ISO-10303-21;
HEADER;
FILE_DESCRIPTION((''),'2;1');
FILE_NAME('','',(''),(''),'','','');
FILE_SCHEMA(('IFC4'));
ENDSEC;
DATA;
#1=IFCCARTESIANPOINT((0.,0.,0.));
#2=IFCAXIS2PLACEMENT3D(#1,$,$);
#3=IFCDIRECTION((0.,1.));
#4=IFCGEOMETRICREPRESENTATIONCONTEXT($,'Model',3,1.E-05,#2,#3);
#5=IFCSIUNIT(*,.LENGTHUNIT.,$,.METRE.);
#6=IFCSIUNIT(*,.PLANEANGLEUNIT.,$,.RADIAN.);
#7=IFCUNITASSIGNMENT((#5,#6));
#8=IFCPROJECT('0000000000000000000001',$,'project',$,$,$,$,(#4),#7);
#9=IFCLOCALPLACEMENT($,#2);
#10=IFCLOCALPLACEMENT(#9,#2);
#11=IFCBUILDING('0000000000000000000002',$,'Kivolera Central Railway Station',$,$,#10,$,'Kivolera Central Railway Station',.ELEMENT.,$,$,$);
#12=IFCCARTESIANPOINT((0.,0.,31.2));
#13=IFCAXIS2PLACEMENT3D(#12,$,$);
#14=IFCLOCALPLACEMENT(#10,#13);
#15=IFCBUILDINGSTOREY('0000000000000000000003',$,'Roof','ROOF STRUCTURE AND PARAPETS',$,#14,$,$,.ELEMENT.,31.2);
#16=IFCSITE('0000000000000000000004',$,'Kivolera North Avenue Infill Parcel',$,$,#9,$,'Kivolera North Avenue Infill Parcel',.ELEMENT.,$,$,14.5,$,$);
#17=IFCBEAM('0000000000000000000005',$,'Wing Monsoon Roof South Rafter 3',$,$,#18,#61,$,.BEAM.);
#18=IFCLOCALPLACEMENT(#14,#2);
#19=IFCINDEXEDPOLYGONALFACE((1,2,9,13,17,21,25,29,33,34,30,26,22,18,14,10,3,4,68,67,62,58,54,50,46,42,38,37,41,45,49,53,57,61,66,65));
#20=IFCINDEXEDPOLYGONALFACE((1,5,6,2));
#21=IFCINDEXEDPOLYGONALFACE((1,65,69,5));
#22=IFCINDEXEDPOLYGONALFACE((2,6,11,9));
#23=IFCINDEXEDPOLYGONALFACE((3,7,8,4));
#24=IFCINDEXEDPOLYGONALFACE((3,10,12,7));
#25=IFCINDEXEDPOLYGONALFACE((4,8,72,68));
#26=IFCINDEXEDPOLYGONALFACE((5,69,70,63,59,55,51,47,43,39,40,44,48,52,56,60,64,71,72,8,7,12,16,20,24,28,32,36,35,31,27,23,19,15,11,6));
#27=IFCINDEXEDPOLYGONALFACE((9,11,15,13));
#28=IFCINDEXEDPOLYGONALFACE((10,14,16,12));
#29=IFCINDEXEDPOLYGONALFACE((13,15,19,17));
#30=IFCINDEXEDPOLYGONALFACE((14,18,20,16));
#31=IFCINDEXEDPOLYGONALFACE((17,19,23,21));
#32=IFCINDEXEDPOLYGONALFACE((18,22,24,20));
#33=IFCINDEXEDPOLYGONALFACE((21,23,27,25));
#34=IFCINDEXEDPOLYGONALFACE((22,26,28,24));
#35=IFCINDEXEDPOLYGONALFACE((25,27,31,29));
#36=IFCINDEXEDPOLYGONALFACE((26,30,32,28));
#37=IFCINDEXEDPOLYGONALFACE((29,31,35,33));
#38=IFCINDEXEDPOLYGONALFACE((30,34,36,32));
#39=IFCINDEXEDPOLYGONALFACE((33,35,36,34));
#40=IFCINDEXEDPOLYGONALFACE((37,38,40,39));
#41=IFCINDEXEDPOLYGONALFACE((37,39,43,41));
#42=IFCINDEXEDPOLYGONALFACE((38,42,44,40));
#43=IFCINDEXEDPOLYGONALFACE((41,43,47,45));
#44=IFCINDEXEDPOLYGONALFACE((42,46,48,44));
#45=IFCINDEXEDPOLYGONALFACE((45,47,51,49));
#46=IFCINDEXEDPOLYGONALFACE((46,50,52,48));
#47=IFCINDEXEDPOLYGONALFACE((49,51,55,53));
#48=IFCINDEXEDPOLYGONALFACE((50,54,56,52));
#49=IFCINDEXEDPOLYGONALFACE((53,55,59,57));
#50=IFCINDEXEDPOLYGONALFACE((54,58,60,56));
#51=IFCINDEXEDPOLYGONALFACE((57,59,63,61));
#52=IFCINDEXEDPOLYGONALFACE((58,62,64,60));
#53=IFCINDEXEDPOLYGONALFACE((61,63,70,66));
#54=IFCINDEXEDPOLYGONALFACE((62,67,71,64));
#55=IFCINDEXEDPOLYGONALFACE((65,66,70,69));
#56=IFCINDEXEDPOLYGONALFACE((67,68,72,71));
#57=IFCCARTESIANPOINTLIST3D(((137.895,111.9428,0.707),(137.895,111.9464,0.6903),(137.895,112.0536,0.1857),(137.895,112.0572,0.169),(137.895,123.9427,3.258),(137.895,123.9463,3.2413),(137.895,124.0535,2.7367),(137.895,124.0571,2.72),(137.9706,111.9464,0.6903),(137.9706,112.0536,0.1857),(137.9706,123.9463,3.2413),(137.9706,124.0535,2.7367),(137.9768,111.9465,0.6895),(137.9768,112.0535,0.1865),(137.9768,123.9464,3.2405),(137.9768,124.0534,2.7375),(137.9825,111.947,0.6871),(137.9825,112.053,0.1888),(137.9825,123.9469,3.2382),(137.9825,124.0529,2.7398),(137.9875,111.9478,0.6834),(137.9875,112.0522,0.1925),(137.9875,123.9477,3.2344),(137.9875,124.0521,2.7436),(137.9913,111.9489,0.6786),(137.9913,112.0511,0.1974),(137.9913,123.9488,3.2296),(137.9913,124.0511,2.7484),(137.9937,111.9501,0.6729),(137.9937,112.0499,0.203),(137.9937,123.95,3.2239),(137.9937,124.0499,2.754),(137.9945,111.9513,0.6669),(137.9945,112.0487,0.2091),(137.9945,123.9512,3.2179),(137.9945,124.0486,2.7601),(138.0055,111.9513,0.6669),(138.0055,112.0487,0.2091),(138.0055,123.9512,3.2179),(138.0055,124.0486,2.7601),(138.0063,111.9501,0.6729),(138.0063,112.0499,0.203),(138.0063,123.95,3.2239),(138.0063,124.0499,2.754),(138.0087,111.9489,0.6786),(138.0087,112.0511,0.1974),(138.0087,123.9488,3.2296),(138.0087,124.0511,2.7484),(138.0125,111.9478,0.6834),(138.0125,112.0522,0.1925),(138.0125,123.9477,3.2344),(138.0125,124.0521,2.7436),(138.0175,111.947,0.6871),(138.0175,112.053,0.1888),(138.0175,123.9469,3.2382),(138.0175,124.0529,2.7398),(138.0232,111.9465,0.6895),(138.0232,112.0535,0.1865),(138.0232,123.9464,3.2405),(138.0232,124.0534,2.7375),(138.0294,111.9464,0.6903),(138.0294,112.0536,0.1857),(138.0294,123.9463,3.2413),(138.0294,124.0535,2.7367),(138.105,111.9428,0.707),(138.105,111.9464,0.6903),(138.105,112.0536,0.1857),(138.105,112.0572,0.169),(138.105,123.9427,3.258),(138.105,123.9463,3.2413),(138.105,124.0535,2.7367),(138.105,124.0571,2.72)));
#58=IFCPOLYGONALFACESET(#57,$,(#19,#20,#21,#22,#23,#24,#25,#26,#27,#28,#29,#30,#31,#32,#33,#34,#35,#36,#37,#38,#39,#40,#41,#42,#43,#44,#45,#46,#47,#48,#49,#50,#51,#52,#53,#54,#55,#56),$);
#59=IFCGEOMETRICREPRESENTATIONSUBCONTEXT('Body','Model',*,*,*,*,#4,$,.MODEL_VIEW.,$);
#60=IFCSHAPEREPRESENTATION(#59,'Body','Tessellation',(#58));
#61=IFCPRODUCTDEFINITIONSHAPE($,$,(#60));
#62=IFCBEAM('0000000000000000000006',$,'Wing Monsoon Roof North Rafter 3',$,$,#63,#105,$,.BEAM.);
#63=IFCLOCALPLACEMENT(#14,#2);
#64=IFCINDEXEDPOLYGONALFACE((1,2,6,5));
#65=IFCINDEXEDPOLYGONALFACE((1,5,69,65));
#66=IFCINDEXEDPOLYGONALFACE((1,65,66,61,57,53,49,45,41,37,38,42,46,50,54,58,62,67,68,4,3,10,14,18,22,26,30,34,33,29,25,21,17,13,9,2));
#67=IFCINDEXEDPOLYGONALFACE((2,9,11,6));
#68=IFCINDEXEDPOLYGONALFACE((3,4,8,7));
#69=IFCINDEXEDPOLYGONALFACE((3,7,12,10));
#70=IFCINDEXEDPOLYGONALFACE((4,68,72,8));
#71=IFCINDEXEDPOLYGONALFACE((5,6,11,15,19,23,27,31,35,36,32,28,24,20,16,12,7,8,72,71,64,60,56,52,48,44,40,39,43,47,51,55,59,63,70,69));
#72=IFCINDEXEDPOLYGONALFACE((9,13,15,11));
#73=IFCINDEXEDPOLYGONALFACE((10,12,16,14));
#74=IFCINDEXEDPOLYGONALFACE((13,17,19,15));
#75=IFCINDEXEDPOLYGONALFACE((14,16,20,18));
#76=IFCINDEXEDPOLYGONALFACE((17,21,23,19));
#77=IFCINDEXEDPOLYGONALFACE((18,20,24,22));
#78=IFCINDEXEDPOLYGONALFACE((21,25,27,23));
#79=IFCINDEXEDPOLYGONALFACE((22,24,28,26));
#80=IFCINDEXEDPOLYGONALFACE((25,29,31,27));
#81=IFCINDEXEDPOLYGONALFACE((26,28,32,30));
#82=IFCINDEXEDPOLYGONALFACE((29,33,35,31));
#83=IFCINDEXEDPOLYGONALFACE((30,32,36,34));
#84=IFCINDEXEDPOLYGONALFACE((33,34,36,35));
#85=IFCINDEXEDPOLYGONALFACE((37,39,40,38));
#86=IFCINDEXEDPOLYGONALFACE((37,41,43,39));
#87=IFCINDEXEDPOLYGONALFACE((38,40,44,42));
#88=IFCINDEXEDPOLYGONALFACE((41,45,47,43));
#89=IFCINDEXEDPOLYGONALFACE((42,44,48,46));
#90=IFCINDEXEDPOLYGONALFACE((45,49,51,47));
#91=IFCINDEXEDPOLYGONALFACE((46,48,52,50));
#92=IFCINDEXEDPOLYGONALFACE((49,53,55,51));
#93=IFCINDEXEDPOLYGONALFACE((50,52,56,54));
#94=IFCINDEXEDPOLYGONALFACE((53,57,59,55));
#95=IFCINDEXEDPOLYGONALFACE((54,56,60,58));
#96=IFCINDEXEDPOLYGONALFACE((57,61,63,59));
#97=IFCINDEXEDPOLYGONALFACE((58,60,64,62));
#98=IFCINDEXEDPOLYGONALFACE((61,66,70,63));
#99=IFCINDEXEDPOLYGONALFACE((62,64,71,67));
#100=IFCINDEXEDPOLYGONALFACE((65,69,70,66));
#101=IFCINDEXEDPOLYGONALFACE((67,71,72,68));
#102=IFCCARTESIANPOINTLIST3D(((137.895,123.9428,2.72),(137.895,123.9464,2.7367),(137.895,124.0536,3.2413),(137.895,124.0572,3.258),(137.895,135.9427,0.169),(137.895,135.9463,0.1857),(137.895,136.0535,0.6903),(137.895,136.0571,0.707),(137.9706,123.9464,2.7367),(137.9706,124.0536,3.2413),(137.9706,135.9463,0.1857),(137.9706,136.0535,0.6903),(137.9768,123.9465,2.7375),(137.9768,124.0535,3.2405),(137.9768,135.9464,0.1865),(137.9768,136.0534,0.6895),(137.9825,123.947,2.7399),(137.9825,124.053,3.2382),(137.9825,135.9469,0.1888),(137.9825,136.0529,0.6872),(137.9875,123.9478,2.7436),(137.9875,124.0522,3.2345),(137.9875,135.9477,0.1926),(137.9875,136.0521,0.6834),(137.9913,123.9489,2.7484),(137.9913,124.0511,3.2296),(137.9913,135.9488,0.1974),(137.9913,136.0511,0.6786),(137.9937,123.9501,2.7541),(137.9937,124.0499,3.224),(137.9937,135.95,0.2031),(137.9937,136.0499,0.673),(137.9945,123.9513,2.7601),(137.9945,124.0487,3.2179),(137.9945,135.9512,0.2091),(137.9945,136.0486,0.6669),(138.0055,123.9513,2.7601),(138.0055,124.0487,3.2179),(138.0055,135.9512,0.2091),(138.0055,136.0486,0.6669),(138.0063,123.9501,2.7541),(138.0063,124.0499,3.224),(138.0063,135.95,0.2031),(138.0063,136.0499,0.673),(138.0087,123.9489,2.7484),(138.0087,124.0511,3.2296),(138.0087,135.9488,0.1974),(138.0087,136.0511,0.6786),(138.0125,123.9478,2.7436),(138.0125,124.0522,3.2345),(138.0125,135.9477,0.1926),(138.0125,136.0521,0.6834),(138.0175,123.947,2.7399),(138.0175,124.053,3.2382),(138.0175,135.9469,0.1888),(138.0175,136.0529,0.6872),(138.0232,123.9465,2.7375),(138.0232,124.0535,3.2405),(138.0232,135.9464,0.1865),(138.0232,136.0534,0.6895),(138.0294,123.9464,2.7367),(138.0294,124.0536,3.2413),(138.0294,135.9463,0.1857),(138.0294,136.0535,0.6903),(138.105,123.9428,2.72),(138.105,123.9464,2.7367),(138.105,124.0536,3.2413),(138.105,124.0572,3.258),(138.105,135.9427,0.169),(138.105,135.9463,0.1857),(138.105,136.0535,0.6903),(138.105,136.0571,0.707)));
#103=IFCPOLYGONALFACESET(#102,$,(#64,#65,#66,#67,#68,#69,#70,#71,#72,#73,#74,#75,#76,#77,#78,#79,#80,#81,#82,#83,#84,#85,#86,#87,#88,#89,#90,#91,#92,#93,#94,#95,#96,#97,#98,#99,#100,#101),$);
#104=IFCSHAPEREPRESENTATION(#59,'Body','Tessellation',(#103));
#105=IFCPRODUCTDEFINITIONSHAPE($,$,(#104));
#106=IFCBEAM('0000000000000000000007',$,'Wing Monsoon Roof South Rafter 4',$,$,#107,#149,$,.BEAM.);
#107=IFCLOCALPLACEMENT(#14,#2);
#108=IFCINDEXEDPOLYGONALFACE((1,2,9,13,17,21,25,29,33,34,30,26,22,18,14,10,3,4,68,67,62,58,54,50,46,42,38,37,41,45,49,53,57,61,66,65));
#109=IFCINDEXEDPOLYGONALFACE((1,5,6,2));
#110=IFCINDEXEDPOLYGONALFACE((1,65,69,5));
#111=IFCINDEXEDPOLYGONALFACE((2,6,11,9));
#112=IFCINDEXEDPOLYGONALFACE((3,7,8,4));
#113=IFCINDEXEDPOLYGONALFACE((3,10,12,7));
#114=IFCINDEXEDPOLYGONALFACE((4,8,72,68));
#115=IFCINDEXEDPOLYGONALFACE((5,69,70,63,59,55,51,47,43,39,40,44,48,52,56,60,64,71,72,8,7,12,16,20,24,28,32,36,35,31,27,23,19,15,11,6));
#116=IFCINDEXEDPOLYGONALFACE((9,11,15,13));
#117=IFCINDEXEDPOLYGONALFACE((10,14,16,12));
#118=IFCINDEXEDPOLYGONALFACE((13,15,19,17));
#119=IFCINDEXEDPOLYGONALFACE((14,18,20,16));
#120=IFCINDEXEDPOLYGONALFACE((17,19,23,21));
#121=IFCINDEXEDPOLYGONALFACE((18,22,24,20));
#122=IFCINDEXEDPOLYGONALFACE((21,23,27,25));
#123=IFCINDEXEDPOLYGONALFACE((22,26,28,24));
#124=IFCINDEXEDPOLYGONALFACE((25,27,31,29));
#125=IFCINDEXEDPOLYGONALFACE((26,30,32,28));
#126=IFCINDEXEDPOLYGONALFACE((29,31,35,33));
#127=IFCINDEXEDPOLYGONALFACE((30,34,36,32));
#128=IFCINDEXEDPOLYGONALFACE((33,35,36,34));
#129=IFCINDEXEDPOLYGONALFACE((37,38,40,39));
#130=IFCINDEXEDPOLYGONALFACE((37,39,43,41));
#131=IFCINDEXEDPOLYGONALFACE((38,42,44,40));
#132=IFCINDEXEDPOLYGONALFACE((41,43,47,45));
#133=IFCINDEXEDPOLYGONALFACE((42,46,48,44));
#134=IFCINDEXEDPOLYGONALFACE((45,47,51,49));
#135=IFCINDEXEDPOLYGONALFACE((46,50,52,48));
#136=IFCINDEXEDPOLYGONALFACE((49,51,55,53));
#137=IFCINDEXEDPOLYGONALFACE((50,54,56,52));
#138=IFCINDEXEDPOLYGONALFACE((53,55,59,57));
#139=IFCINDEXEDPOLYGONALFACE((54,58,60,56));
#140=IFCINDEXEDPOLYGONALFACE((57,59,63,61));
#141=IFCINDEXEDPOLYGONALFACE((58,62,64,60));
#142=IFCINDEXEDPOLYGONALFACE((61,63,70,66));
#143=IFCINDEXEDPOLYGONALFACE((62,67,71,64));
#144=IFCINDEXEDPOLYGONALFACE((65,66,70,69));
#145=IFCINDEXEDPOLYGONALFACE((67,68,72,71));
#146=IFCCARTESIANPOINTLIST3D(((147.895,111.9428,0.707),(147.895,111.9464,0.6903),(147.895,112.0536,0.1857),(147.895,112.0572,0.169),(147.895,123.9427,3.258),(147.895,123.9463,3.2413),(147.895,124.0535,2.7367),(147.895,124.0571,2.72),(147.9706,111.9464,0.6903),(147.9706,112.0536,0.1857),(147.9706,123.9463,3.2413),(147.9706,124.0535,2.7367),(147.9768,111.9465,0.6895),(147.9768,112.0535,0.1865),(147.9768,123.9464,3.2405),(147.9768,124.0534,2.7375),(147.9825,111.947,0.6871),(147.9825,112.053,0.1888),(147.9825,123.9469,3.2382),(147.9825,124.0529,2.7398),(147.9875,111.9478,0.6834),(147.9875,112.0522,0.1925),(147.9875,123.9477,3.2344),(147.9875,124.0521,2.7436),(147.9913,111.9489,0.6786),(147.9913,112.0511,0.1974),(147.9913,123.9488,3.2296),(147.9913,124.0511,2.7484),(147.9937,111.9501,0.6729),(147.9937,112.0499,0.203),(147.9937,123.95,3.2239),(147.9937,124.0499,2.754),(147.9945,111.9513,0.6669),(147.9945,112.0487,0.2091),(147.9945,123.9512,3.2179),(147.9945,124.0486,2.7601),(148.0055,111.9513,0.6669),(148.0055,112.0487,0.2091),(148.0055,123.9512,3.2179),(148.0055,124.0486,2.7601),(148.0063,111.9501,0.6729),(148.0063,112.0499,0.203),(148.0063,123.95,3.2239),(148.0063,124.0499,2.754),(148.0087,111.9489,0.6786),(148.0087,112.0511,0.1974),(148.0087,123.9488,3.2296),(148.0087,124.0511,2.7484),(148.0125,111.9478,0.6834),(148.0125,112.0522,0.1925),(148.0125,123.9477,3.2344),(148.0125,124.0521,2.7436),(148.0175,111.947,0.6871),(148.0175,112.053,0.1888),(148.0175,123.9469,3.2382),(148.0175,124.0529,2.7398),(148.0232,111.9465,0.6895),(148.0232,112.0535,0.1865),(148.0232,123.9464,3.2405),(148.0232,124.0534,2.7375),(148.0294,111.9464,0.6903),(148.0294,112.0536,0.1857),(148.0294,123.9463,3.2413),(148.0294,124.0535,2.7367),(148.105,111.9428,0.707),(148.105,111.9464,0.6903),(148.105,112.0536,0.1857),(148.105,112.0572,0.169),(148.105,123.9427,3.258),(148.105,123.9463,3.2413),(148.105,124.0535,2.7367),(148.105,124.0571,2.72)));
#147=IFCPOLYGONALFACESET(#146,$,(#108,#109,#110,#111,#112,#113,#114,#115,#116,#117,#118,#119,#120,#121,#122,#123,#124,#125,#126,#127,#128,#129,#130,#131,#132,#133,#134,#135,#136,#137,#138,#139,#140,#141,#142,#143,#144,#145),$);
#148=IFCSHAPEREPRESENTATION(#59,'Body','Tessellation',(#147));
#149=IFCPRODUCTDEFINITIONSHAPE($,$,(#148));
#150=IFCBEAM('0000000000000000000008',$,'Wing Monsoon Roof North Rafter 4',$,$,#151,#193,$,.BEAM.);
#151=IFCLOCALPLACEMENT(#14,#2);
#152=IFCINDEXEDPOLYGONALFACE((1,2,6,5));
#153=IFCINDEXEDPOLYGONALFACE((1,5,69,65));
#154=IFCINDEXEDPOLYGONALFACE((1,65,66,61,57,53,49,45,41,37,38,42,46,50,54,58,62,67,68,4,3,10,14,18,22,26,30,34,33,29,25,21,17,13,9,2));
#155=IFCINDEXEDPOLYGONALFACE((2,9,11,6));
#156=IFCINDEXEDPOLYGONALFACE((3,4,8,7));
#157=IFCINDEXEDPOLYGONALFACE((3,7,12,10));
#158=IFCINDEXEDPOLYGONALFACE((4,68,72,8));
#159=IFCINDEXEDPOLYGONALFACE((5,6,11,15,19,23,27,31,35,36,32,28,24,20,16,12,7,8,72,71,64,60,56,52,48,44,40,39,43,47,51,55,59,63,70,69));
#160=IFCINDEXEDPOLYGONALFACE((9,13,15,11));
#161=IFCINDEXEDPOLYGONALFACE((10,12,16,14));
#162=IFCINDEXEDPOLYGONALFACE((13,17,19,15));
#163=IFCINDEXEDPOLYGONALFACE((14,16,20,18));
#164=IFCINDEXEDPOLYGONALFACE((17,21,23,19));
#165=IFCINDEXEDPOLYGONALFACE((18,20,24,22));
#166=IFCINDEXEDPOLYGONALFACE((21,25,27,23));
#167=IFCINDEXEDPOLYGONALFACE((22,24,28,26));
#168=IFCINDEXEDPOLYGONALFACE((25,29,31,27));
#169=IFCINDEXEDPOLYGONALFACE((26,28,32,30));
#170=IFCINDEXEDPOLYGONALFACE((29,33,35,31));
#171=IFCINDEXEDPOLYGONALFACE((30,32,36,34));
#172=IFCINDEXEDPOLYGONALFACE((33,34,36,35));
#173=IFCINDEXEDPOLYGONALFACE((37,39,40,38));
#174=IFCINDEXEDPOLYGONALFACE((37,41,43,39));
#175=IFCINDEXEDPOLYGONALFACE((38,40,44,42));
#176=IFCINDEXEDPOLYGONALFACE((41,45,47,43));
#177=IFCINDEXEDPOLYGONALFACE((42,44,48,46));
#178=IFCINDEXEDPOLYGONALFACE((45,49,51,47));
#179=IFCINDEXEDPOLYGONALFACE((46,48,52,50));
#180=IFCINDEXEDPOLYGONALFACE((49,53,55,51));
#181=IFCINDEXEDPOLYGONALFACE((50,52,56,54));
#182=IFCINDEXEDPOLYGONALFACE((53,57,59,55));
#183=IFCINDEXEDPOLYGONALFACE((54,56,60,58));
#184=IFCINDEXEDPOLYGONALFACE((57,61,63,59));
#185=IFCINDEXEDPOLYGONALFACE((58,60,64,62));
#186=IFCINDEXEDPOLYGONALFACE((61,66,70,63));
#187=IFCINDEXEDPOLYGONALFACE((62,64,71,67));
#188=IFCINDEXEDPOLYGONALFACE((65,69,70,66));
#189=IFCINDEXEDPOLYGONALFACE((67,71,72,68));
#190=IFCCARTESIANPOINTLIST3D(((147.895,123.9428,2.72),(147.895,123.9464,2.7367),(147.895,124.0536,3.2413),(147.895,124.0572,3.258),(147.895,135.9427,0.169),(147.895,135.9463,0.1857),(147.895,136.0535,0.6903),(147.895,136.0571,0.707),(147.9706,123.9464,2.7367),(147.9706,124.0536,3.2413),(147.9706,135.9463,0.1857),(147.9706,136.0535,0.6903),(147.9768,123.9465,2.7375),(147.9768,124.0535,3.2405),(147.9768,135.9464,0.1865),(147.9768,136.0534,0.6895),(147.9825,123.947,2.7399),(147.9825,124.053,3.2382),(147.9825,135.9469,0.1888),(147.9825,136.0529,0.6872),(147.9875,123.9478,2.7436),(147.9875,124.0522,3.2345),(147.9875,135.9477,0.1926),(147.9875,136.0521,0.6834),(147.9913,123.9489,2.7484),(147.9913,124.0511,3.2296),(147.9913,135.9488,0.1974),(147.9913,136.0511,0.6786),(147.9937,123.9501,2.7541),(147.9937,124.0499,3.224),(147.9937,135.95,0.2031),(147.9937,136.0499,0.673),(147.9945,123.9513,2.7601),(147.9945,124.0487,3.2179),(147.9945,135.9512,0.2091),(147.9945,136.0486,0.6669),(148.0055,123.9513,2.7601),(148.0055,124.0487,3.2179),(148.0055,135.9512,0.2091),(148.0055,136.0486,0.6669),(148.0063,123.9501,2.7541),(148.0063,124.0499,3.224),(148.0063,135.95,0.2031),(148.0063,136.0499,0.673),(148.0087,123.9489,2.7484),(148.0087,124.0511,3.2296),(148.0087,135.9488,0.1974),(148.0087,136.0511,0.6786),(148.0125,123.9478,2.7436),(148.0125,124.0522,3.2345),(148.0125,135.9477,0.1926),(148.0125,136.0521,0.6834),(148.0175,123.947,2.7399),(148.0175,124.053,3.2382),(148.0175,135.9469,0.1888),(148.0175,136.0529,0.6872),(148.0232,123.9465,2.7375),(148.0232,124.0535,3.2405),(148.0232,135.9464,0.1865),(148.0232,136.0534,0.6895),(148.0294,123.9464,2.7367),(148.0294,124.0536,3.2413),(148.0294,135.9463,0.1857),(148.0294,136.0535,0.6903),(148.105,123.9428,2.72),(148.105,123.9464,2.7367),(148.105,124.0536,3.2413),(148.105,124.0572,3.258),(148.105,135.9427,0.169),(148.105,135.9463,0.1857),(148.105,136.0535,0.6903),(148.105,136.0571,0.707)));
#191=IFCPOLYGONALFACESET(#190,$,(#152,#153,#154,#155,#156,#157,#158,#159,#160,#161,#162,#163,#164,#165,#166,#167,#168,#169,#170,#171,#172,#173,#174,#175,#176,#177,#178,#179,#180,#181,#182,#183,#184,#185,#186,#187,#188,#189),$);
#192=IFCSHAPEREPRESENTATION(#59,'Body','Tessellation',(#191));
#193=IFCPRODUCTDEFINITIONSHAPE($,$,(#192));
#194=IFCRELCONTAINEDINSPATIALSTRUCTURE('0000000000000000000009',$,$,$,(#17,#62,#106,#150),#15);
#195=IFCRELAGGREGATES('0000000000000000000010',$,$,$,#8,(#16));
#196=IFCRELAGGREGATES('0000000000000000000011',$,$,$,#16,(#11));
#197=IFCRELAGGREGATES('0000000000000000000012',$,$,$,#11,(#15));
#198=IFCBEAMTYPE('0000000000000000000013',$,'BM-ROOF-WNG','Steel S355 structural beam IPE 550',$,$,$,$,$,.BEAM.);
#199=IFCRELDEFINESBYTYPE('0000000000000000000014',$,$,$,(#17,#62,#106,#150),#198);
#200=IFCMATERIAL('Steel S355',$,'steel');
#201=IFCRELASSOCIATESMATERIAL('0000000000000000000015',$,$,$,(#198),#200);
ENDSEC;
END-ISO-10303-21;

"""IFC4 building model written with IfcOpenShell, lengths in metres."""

from ifc_helpers import new_model, si_unit, direction, frame, origin, origin_2d, place, context, subcontext, project, spatial, i_section, extrude, material, material_profile, profile_set, type_object, element, save


model = new_model("IFC4")

# Units and contexts
model_context = context("Model", 3, precision=1e-05, world=origin(), true_north=direction((0.0, 1.0)))
body_context = subcontext(model_context, "Body", "Model", "MODEL_VIEW")
ifc_project = project(units=[si_unit("LENGTHUNIT", "METRE"), si_unit("PLANEANGLEUNIT", "RADIAN")], contexts=[model_context])

# Site, building, storey
site_placement = place(None, origin())
site = spatial("IfcSite", under=ifc_project, at=site_placement, Name="Kivolera North Avenue Infill Parcel", LongName="Kivolera North Avenue Infill Parcel", CompositionType="ELEMENT", RefElevation=14.5)
building_placement = place(site_placement, origin())
building = spatial("IfcBuilding", under=site, at=building_placement, Name="Kivolera Central Railway Station", LongName="Kivolera Central Railway Station", CompositionType="ELEMENT")
storey_placement = place(building_placement, frame((0.0, 0.0, 31.2)))
storey = spatial("IfcBuildingStorey", under=building, at=storey_placement, Name="Roof", Description="ROOF STRUCTURE AND PARAPETS", CompositionType="ELEMENT", Elevation=31.2)

# Beams
ifc_material_1 = material(Name="Steel S355", Category="steel")
ifc_material_profile_1 = material_profile(ifc_material_1, i_section(OverallWidth=0.21, OverallDepth=0.55, WebThickness=0.011, FlangeThickness=0.0171, FilletRadius=0.0239, at=origin_2d()), Name="IPE 550")
ifc_profile_set_1 = profile_set([ifc_material_profile_1], Name="Steel S355")
beam_type_1 = type_object("IfcBeamType", Name="BM-ROOF-WNG", Description="Steel S355 structural beam IPE 550", PredefinedType="BEAM", material=ifc_profile_set_1)
for number, where, z_axis, x_axis, name in (
    (1, (138.0, 112.0, 0.438), (0.0, 0.978142, 0.207939), (-1.0, 0.0, 0.0), "Wing Monsoon Roof South Rafter 3"),
    (2, (138.0, 124.0, 2.989), (0.0, 0.978142, -0.207939), (-1.0, 0.0, 0.0), "Wing Monsoon Roof North Rafter 3"),
    (3, (148.0, 112.0, 0.438), (0.0, 0.978142, 0.207939), (-1.0, 0.0, 0.0), "Wing Monsoon Roof South Rafter 4"),
    (4, (148.0, 124.0, 2.989), (0.0, 0.978142, -0.207939), (-1.0, 0.0, 0.0), "Wing Monsoon Roof North Rafter 4"),
):
    element("IfcBeam", number, at=place(storey_placement, frame(where, z_axis=z_axis, x_axis=x_axis)), inside=storey, type_object=beam_type_1, Name=name, PredefinedType="BEAM", context=body_context, shape_type="SweptSolid", body=[
        extrude(i_section(OverallWidth=0.21, OverallDepth=0.55, WebThickness=0.011, FlangeThickness=0.0171, FilletRadius=0.0239, at=origin_2d()), origin(), (0.0, 0.0, 1.0), 12.2681),
    ])

save(model, "model.ifc")
